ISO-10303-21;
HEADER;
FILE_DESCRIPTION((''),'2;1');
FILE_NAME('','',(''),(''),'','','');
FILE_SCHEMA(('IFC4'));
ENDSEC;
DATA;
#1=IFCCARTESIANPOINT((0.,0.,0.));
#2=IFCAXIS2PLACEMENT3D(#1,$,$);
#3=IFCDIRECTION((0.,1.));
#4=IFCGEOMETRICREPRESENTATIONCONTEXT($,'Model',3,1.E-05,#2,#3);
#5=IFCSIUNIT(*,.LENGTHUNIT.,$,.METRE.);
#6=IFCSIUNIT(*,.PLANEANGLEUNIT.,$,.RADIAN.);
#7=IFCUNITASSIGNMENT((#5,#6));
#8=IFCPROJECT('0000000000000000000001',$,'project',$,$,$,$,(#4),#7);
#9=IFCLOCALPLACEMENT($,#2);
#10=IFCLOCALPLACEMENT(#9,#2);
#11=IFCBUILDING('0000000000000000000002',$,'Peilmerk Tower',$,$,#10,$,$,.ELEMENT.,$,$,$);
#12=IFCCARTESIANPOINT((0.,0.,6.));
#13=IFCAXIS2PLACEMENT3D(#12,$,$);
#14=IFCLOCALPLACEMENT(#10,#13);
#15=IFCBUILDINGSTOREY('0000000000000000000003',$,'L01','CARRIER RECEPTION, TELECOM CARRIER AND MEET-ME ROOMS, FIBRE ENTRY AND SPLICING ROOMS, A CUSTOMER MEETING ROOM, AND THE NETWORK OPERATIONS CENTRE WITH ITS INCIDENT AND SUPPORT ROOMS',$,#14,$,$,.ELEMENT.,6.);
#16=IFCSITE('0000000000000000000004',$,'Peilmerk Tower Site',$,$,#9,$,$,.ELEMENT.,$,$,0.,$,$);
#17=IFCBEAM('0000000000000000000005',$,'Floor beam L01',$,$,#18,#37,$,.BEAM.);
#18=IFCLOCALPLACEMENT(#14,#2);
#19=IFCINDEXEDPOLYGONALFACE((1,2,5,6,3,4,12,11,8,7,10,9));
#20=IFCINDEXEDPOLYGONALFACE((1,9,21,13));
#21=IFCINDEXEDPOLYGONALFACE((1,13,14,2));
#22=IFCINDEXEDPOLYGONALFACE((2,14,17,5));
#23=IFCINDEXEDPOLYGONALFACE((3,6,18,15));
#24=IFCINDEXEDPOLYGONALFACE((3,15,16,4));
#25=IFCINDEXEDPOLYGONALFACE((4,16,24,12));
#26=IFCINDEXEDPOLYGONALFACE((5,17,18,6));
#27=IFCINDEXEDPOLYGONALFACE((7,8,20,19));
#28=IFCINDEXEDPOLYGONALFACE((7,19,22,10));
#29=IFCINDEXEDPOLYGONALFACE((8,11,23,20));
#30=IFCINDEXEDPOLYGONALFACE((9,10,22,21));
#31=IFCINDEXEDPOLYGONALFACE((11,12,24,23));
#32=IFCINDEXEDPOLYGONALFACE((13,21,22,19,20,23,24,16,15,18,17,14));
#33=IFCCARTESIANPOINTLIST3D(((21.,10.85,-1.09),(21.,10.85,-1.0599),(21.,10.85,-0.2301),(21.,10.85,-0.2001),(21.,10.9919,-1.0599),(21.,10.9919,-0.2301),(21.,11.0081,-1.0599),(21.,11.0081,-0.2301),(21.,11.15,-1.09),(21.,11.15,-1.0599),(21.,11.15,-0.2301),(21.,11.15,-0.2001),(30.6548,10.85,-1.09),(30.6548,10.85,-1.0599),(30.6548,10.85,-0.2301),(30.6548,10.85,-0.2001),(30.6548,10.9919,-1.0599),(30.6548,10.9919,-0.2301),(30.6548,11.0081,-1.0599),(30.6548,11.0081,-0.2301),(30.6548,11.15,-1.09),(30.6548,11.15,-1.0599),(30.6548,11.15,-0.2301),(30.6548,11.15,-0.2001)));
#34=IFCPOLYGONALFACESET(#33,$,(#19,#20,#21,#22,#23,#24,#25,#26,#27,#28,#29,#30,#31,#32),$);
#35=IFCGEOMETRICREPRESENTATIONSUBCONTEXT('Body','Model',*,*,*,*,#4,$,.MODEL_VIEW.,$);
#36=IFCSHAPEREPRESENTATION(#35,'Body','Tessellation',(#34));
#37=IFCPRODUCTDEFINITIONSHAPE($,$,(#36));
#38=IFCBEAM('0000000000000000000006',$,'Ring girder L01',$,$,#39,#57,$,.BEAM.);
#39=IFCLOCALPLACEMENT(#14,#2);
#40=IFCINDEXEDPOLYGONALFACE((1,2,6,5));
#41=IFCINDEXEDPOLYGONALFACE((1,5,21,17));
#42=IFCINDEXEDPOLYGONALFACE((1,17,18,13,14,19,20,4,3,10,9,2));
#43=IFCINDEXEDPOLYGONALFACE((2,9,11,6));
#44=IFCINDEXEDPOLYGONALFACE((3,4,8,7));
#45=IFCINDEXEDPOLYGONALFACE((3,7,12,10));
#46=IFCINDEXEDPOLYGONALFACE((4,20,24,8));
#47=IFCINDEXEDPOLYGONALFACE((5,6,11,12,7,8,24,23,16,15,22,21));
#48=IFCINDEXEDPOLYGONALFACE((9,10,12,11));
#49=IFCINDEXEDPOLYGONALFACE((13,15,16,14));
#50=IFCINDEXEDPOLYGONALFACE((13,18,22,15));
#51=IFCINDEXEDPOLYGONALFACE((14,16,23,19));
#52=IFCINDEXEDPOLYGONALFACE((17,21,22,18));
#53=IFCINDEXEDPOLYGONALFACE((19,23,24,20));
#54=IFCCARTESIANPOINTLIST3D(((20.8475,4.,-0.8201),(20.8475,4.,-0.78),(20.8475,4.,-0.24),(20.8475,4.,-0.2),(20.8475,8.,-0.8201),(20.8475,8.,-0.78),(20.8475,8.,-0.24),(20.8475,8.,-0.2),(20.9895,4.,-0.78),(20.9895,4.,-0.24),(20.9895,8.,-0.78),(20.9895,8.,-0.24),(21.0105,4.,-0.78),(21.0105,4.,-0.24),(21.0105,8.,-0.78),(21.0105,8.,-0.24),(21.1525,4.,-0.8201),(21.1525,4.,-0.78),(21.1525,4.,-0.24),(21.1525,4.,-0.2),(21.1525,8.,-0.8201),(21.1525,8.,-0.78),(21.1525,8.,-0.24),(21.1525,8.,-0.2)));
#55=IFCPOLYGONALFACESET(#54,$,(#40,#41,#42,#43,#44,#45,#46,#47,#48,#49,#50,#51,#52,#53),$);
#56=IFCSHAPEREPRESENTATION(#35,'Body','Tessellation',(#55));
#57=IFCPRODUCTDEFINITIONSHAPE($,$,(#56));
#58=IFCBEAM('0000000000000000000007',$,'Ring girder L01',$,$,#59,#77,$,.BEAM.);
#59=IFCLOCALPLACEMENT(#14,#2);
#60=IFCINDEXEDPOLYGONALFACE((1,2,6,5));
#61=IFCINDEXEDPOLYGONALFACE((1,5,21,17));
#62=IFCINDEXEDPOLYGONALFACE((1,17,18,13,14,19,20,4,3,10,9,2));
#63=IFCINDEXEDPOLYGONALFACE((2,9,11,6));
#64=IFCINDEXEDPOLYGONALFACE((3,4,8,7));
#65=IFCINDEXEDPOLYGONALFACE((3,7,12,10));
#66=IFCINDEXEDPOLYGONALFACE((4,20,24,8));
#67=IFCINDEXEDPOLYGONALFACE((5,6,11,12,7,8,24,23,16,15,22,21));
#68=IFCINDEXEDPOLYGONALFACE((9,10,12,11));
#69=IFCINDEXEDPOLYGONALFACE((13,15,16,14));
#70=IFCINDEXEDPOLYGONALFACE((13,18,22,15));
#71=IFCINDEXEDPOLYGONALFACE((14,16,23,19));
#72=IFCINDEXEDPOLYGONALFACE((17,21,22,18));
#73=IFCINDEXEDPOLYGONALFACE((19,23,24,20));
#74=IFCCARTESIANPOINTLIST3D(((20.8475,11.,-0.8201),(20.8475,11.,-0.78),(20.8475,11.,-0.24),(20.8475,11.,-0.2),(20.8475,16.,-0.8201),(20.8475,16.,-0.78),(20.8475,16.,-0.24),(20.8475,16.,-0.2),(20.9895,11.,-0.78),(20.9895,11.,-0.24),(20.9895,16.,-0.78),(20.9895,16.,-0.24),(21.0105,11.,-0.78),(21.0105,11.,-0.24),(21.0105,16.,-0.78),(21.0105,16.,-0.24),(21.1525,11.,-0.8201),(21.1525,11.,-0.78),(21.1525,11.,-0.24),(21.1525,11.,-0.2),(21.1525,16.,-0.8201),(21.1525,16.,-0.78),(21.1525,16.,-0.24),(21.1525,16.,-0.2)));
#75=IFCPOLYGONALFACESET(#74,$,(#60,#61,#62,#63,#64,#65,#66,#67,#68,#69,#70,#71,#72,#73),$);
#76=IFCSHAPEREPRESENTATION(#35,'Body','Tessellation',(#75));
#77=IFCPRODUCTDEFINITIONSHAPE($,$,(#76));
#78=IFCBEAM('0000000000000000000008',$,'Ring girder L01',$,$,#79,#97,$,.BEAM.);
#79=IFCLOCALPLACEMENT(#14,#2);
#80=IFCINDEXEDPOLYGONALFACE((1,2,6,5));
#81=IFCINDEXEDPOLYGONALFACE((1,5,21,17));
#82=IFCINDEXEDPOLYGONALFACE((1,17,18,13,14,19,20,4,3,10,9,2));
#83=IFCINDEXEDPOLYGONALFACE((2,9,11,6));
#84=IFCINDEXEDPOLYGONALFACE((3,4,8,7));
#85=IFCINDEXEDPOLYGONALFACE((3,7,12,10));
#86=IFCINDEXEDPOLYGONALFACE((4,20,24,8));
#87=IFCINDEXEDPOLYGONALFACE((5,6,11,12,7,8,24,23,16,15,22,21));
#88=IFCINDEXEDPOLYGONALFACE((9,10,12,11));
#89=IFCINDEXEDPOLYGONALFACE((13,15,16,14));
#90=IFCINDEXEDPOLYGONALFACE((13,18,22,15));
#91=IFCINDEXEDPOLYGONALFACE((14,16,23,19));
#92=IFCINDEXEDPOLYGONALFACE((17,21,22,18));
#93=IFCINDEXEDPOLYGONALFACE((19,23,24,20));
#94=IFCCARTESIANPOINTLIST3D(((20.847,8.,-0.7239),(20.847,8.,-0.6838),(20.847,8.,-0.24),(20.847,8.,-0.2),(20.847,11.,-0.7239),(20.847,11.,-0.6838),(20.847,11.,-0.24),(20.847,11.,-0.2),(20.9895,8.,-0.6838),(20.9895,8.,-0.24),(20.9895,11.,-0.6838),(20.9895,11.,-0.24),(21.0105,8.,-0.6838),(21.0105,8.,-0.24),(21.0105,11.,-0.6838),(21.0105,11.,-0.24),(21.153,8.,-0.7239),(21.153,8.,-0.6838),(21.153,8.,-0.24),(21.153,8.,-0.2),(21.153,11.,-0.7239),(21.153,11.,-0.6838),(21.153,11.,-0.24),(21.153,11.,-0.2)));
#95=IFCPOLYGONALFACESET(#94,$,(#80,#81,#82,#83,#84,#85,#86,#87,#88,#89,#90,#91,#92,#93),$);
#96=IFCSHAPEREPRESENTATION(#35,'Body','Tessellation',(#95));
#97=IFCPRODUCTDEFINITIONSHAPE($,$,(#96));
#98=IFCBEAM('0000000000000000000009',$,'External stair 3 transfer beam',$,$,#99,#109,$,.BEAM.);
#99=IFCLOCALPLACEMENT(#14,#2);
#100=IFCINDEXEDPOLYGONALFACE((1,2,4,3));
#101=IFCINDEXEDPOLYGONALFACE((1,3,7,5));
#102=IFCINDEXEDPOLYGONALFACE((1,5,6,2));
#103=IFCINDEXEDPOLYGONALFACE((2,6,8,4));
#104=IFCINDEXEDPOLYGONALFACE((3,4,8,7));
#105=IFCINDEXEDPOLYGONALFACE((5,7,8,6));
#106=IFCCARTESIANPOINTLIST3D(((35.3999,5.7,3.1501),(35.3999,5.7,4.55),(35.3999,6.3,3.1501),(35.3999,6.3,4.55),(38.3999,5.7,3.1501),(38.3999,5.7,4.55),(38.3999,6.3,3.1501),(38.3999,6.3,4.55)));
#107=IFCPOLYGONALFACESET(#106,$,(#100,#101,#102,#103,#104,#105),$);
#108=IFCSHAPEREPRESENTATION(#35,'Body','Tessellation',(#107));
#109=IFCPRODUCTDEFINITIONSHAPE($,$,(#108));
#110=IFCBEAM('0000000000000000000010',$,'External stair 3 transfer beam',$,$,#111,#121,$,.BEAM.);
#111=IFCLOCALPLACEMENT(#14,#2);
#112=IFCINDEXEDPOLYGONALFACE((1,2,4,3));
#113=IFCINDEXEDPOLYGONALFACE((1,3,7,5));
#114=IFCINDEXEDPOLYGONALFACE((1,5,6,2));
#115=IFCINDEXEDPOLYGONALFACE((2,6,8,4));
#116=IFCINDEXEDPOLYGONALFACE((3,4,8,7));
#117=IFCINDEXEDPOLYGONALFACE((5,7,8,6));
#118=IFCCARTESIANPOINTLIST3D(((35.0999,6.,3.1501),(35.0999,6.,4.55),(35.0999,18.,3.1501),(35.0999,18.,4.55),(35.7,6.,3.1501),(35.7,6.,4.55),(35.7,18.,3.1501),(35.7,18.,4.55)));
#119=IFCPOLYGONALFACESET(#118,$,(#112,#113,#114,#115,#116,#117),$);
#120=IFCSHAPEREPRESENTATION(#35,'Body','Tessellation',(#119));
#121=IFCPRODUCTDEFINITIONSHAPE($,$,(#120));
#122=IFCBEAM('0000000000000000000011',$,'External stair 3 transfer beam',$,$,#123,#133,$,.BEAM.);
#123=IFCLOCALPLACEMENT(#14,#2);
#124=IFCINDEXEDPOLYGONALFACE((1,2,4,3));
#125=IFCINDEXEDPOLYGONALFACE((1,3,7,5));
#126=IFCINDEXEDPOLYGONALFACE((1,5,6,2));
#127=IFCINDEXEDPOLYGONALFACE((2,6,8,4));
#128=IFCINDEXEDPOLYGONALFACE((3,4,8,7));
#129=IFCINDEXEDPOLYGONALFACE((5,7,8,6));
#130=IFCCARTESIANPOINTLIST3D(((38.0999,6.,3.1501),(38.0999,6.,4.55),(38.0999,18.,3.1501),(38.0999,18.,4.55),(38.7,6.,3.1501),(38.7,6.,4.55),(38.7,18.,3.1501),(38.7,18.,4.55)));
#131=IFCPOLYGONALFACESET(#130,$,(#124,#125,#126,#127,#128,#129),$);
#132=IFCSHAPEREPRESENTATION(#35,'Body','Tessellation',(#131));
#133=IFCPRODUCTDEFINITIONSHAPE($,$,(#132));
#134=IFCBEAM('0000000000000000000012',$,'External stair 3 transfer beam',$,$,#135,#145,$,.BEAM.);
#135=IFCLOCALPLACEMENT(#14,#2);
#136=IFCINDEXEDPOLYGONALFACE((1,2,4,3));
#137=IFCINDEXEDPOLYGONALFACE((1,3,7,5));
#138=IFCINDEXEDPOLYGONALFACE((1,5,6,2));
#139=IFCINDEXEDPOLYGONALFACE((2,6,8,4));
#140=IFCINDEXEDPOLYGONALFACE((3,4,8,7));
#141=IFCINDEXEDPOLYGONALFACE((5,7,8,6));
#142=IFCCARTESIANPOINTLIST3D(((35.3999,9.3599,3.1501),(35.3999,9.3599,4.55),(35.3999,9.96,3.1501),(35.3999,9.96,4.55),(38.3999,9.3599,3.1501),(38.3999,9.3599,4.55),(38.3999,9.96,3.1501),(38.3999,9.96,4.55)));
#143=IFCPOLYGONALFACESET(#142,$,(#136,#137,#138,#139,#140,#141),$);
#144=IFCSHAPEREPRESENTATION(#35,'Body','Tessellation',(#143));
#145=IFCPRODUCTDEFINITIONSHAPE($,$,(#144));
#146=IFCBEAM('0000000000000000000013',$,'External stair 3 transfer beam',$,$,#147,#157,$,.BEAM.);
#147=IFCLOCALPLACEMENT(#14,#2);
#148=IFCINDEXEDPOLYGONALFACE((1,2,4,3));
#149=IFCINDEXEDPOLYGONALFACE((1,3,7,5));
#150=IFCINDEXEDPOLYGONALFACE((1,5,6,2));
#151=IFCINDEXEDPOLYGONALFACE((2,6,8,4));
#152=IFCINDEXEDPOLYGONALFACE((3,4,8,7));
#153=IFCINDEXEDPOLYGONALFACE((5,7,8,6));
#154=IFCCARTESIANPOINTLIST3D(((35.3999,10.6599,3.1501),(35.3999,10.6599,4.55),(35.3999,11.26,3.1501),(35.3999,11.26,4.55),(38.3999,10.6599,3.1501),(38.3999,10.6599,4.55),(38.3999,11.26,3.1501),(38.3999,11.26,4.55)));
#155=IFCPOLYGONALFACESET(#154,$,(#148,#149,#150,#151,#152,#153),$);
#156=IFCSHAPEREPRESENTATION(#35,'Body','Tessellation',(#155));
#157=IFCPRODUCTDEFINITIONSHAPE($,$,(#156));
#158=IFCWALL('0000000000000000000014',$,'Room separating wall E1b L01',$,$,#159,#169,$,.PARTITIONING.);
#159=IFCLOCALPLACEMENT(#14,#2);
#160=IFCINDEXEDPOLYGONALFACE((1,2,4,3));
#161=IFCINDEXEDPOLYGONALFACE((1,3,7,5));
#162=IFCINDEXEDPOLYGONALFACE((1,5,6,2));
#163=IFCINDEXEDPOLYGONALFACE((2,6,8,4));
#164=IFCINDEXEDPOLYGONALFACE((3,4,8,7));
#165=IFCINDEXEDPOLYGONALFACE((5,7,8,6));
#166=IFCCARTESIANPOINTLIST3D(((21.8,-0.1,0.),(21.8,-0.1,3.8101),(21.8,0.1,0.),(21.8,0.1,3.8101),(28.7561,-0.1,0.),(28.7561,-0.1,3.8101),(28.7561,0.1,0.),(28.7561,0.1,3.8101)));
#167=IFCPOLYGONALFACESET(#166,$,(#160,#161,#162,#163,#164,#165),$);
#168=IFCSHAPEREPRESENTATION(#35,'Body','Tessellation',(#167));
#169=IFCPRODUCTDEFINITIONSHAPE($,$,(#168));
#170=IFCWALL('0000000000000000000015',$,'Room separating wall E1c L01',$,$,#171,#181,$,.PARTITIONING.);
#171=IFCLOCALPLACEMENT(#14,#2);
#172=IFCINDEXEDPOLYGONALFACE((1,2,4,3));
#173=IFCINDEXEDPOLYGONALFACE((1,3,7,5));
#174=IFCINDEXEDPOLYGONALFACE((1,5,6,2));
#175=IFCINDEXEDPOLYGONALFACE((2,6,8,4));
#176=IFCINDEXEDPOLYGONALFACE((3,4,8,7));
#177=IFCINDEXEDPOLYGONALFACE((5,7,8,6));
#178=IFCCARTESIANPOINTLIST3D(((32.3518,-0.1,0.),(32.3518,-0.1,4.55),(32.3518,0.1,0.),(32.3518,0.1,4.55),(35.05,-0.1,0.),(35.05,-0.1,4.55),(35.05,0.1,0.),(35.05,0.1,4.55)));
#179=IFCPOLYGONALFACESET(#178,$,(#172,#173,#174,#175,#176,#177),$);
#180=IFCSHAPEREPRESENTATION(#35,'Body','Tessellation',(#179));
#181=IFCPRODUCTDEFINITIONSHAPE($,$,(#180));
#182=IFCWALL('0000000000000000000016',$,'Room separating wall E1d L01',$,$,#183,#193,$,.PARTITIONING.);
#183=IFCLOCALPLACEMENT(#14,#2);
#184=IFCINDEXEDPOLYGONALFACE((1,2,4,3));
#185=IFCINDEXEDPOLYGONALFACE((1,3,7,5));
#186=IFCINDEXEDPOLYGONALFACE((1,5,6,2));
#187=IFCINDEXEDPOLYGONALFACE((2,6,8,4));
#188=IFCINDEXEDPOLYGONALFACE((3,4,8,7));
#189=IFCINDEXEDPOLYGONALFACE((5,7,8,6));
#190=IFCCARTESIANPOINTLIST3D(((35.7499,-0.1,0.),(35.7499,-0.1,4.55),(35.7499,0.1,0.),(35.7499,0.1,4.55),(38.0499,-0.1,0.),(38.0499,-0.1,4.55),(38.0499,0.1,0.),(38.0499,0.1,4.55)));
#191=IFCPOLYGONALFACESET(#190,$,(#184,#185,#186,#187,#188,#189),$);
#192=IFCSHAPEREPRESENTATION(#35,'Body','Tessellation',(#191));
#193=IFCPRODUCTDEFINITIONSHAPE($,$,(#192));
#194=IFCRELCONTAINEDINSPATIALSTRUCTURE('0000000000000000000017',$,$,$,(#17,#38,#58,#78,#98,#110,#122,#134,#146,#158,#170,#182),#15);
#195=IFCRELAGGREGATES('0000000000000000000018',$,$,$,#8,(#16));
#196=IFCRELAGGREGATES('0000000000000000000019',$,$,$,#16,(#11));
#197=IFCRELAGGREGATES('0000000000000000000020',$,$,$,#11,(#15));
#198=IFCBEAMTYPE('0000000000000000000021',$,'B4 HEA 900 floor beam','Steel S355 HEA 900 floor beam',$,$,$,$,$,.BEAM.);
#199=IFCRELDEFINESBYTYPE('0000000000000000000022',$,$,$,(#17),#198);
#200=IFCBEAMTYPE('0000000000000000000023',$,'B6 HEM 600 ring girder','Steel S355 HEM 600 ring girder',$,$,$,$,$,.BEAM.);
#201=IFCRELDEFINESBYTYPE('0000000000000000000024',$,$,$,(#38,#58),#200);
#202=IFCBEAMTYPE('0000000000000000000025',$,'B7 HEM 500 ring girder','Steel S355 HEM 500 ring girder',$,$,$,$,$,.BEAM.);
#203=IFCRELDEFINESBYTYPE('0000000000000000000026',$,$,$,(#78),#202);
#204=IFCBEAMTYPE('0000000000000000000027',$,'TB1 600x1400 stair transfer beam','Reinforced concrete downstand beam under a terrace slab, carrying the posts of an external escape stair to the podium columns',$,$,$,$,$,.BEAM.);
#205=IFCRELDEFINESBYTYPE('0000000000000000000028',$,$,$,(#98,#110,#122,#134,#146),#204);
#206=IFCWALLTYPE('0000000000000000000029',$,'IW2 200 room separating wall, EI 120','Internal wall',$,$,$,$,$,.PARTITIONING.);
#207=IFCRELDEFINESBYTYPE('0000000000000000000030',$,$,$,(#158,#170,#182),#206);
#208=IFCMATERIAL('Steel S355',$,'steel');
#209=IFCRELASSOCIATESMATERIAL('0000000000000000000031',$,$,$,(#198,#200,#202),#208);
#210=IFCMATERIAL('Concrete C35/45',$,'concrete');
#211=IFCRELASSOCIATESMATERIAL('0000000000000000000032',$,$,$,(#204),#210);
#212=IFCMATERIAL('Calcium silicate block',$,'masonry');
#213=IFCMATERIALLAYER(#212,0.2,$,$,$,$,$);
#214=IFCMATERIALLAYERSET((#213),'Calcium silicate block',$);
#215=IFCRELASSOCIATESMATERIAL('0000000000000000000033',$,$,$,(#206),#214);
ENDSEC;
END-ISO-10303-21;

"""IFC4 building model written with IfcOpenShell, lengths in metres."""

from ifc_helpers import new_model, si_unit, direction, frame, frame_2d, origin, origin_2d, place, context, subcontext, project, spatial, rectangle, i_section, extrude, material, layer, layer_set, material_profile, profile_set, type_object, element, save


model = new_model("IFC4")

# Units and contexts
model_context = context("Model", 3, precision=1e-05, world=origin(), true_north=direction((0.0, 1.0)))
body_context = subcontext(model_context, "Body", "Model", "MODEL_VIEW")
ifc_project = project(units=[si_unit("LENGTHUNIT", "METRE"), si_unit("PLANEANGLEUNIT", "RADIAN")], contexts=[model_context])

# Site, building, storey
site_placement = place(None, origin())
site = spatial("IfcSite", under=ifc_project, at=site_placement, Name="Peilmerk Tower Site", CompositionType="ELEMENT", RefElevation=0.0)
building_placement = place(site_placement, origin())
building = spatial("IfcBuilding", under=site, at=building_placement, Name="Peilmerk Tower", CompositionType="ELEMENT")
storey_placement = place(building_placement, frame((0.0, 0.0, 6.0)))
storey = spatial("IfcBuildingStorey", under=building, at=storey_placement, Name="L01", Description="CARRIER RECEPTION, TELECOM CARRIER AND MEET-ME ROOMS, FIBRE ENTRY AND SPLICING ROOMS, A CUSTOMER MEETING ROOM, AND THE NETWORK OPERATIONS CENTRE WITH ITS INCIDENT AND SUPPORT ROOMS", CompositionType="ELEMENT", Elevation=6.0)

# Shared definitions
ifc_material_1 = material(Name="Steel S355", Category="steel")

# Beams
ifc_material_profile_1 = material_profile(ifc_material_1, i_section(OverallWidth=0.3, OverallDepth=0.8899, WebThickness=0.0161, FlangeThickness=0.03, at=origin_2d()), Name="HEA 900")
ifc_profile_set_1 = profile_set([ifc_material_profile_1], Name="Steel S355")
beam_type_1 = type_object("IfcBeamType", Name="B4 HEA 900 floor beam", Description="Steel S355 HEA 900 floor beam", PredefinedType="BEAM", material=ifc_profile_set_1)
beam_1_placement = place(storey_placement, frame((21.0, 11.0, -0.645), z_axis=(1.0, 0.0, 0.0), x_axis=(0.0, 1.0, 0.0)))
element("IfcBeam", 1, at=beam_1_placement, inside=storey, type_object=beam_type_1, Name="Floor beam L01", PredefinedType="BEAM", context=body_context, shape_type="SweptSolid", body=[
    extrude(i_section(OverallWidth=0.3, OverallDepth=0.8899, WebThickness=0.0161, FlangeThickness=0.03, at=origin_2d()), origin(), (0.0, 0.0, 1.0), 9.6548),
])
ifc_material_profile_2 = material_profile(ifc_material_1, i_section(OverallWidth=0.3049, OverallDepth=0.6201, WebThickness=0.021, FlangeThickness=0.04, at=origin_2d()), Name="HEM 600")
ifc_profile_set_2 = profile_set([ifc_material_profile_2], Name="Steel S355")
beam_type_2 = type_object("IfcBeamType", Name="B6 HEM 600 ring girder", Description="Steel S355 HEM 600 ring girder", PredefinedType="BEAM", material=ifc_profile_set_2)
beam_2_placement = place(storey_placement, frame((21.0, 4.0, -0.51), z_axis=(0.0, 1.0, 0.0), x_axis=(-1.0, 0.0, 0.0)))
element("IfcBeam", 2, at=beam_2_placement, inside=storey, type_object=beam_type_2, Name="Ring girder L01", PredefinedType="BEAM", context=body_context, shape_type="SweptSolid", body=[
    extrude(i_section(OverallWidth=0.3049, OverallDepth=0.6201, WebThickness=0.021, FlangeThickness=0.04, at=origin_2d()), origin(), (0.0, 0.0, 1.0), 4.0),
])
beam_3_placement = place(storey_placement, frame((21.0, 11.0, -0.51), z_axis=(0.0, 1.0, 0.0), x_axis=(-1.0, 0.0, 0.0)))
element("IfcBeam", 3, at=beam_3_placement, inside=storey, type_object=beam_type_2, Name="Ring girder L01", PredefinedType="BEAM", context=body_context, shape_type="SweptSolid", body=[
    extrude(i_section(OverallWidth=0.3049, OverallDepth=0.6201, WebThickness=0.021, FlangeThickness=0.04, at=origin_2d()), origin(), (0.0, 0.0, 1.0), 5.0),
])
ifc_material_profile_3 = material_profile(ifc_material_1, i_section(OverallWidth=0.3059, OverallDepth=0.5239, WebThickness=0.021, FlangeThickness=0.04, at=origin_2d()), Name="HEM 500")
ifc_profile_set_3 = profile_set([ifc_material_profile_3], Name="Steel S355")
beam_type_3 = type_object("IfcBeamType", Name="B7 HEM 500 ring girder", Description="Steel S355 HEM 500 ring girder", PredefinedType="BEAM", material=ifc_profile_set_3)
beam_4_placement = place(storey_placement, frame((21.0, 8.0, -0.4619), z_axis=(0.0, 1.0, 0.0), x_axis=(-1.0, 0.0, 0.0)))
element("IfcBeam", 4, at=beam_4_placement, inside=storey, type_object=beam_type_3, Name="Ring girder L01", PredefinedType="BEAM", context=body_context, shape_type="SweptSolid", body=[
    extrude(i_section(OverallWidth=0.3059, OverallDepth=0.5239, WebThickness=0.021, FlangeThickness=0.04, at=origin_2d()), origin(), (0.0, 0.0, 1.0), 3.0),
])
ifc_material_2 = material(Name="Concrete C35/45", Category="concrete")
ifc_material_profile_4 = material_profile(ifc_material_2, rectangle(XDim=0.6001, YDim=1.3999, at=origin_2d()), Name="RC 600x1400")
ifc_profile_set_4 = profile_set([ifc_material_profile_4], Name="Concrete C35/45")
beam_type_4 = type_object("IfcBeamType", Name="TB1 600x1400 stair transfer beam", Description="Reinforced concrete downstand beam under a terrace slab, carrying the posts of an external escape stair to the podium columns", PredefinedType="BEAM", material=ifc_profile_set_4)
beam_5_placement = place(storey_placement, frame((35.3999, 6.0, 3.8501), z_axis=(1.0, 0.0, 0.0), x_axis=(0.0, 1.0, 0.0)))
element("IfcBeam", 5, at=beam_5_placement, inside=storey, type_object=beam_type_4, Name="External stair 3 transfer beam", PredefinedType="BEAM", context=body_context, shape_type="SweptSolid", body=[
    extrude(rectangle(XDim=0.6001, YDim=1.3999, at=origin_2d()), origin(), (0.0, 0.0, 1.0), 3.0),
])
for number, where, z_axis, x_axis, name in (
    (6, (35.3999, 6.0, 3.8501), (0.0, 1.0, 0.0), (-1.0, 0.0, 0.0), "External stair 3 transfer beam"),
    (7, (38.3999, 6.0, 3.8501), (0.0, 1.0, 0.0), (-1.0, 0.0, 0.0), "External stair 3 transfer beam"),
):
    element("IfcBeam", number, at=place(storey_placement, frame(where, z_axis=z_axis, x_axis=x_axis)), inside=storey, type_object=beam_type_4, Name=name, PredefinedType="BEAM", context=body_context, shape_type="SweptSolid", body=[
        extrude(rectangle(XDim=0.6001, YDim=1.3999, at=origin_2d()), origin(), (0.0, 0.0, 1.0), 12.0),
    ])
for number, where, z_axis, x_axis, name in (
    (8, (35.3999, 9.6599, 3.8501), (1.0, 0.0, 0.0), (0.0, 1.0, 0.0), "External stair 3 transfer beam"),
    (9, (35.3999, 10.96, 3.8501), (1.0, 0.0, 0.0), (0.0, 1.0, 0.0), "External stair 3 transfer beam"),
):
    element("IfcBeam", number, at=place(storey_placement, frame(where, z_axis=z_axis, x_axis=x_axis)), inside=storey, type_object=beam_type_4, Name=name, PredefinedType="BEAM", context=body_context, shape_type="SweptSolid", body=[
        extrude(rectangle(XDim=0.6001, YDim=1.3999, at=origin_2d()), origin(), (0.0, 0.0, 1.0), 3.0),
    ])

# Walls
ifc_material_3 = material(Name="Calcium silicate block", Category="masonry")
ifc_layer = layer(ifc_material_3, 0.2)
ifc_layer_set = layer_set([ifc_layer], Name="Calcium silicate block")
wall_type = type_object("IfcWallType", Name="IW2 200 room separating wall, EI 120", Description="Internal wall", PredefinedType="PARTITIONING", material=ifc_layer_set)
wall_1_placement = place(storey_placement, frame((21.8, 0.0, 0.0), z_axis=(0.0, 0.0, 1.0), x_axis=(1.0, 0.0, 0.0)))
element("IfcWall", 10, at=wall_1_placement, inside=storey, type_object=wall_type, Name="Room separating wall E1b L01", PredefinedType="PARTITIONING", context=body_context, shape_type="SweptSolid", body=[
    extrude(rectangle(XDim=6.9561, YDim=0.2, at=frame_2d((3.478, 0.0))), origin(), (0.0, 0.0, 1.0), 3.8101),
])
wall_2_placement = place(storey_placement, frame((32.3518, 0.0, 0.0), z_axis=(0.0, 0.0, 1.0), x_axis=(1.0, 0.0, 0.0)))
element("IfcWall", 11, at=wall_2_placement, inside=storey, type_object=wall_type, Name="Room separating wall E1c L01", PredefinedType="PARTITIONING", context=body_context, shape_type="SweptSolid", body=[
    extrude(rectangle(XDim=2.6982, YDim=0.2, at=frame_2d((1.3491, 0.0))), origin(), (0.0, 0.0, 1.0), 4.55),
])
wall_3_placement = place(storey_placement, frame((35.75, 0.0, 0.0), z_axis=(0.0, 0.0, 1.0), x_axis=(1.0, 0.0, 0.0)))
element("IfcWall", 12, at=wall_3_placement, inside=storey, type_object=wall_type, Name="Room separating wall E1d L01", PredefinedType="PARTITIONING", context=body_context, shape_type="SweptSolid", body=[
    extrude(rectangle(XDim=2.3, YDim=0.2, at=frame_2d((1.1499, 0.0))), origin(), (0.0, 0.0, 1.0), 4.55),
])

save(model, "model.ifc")
